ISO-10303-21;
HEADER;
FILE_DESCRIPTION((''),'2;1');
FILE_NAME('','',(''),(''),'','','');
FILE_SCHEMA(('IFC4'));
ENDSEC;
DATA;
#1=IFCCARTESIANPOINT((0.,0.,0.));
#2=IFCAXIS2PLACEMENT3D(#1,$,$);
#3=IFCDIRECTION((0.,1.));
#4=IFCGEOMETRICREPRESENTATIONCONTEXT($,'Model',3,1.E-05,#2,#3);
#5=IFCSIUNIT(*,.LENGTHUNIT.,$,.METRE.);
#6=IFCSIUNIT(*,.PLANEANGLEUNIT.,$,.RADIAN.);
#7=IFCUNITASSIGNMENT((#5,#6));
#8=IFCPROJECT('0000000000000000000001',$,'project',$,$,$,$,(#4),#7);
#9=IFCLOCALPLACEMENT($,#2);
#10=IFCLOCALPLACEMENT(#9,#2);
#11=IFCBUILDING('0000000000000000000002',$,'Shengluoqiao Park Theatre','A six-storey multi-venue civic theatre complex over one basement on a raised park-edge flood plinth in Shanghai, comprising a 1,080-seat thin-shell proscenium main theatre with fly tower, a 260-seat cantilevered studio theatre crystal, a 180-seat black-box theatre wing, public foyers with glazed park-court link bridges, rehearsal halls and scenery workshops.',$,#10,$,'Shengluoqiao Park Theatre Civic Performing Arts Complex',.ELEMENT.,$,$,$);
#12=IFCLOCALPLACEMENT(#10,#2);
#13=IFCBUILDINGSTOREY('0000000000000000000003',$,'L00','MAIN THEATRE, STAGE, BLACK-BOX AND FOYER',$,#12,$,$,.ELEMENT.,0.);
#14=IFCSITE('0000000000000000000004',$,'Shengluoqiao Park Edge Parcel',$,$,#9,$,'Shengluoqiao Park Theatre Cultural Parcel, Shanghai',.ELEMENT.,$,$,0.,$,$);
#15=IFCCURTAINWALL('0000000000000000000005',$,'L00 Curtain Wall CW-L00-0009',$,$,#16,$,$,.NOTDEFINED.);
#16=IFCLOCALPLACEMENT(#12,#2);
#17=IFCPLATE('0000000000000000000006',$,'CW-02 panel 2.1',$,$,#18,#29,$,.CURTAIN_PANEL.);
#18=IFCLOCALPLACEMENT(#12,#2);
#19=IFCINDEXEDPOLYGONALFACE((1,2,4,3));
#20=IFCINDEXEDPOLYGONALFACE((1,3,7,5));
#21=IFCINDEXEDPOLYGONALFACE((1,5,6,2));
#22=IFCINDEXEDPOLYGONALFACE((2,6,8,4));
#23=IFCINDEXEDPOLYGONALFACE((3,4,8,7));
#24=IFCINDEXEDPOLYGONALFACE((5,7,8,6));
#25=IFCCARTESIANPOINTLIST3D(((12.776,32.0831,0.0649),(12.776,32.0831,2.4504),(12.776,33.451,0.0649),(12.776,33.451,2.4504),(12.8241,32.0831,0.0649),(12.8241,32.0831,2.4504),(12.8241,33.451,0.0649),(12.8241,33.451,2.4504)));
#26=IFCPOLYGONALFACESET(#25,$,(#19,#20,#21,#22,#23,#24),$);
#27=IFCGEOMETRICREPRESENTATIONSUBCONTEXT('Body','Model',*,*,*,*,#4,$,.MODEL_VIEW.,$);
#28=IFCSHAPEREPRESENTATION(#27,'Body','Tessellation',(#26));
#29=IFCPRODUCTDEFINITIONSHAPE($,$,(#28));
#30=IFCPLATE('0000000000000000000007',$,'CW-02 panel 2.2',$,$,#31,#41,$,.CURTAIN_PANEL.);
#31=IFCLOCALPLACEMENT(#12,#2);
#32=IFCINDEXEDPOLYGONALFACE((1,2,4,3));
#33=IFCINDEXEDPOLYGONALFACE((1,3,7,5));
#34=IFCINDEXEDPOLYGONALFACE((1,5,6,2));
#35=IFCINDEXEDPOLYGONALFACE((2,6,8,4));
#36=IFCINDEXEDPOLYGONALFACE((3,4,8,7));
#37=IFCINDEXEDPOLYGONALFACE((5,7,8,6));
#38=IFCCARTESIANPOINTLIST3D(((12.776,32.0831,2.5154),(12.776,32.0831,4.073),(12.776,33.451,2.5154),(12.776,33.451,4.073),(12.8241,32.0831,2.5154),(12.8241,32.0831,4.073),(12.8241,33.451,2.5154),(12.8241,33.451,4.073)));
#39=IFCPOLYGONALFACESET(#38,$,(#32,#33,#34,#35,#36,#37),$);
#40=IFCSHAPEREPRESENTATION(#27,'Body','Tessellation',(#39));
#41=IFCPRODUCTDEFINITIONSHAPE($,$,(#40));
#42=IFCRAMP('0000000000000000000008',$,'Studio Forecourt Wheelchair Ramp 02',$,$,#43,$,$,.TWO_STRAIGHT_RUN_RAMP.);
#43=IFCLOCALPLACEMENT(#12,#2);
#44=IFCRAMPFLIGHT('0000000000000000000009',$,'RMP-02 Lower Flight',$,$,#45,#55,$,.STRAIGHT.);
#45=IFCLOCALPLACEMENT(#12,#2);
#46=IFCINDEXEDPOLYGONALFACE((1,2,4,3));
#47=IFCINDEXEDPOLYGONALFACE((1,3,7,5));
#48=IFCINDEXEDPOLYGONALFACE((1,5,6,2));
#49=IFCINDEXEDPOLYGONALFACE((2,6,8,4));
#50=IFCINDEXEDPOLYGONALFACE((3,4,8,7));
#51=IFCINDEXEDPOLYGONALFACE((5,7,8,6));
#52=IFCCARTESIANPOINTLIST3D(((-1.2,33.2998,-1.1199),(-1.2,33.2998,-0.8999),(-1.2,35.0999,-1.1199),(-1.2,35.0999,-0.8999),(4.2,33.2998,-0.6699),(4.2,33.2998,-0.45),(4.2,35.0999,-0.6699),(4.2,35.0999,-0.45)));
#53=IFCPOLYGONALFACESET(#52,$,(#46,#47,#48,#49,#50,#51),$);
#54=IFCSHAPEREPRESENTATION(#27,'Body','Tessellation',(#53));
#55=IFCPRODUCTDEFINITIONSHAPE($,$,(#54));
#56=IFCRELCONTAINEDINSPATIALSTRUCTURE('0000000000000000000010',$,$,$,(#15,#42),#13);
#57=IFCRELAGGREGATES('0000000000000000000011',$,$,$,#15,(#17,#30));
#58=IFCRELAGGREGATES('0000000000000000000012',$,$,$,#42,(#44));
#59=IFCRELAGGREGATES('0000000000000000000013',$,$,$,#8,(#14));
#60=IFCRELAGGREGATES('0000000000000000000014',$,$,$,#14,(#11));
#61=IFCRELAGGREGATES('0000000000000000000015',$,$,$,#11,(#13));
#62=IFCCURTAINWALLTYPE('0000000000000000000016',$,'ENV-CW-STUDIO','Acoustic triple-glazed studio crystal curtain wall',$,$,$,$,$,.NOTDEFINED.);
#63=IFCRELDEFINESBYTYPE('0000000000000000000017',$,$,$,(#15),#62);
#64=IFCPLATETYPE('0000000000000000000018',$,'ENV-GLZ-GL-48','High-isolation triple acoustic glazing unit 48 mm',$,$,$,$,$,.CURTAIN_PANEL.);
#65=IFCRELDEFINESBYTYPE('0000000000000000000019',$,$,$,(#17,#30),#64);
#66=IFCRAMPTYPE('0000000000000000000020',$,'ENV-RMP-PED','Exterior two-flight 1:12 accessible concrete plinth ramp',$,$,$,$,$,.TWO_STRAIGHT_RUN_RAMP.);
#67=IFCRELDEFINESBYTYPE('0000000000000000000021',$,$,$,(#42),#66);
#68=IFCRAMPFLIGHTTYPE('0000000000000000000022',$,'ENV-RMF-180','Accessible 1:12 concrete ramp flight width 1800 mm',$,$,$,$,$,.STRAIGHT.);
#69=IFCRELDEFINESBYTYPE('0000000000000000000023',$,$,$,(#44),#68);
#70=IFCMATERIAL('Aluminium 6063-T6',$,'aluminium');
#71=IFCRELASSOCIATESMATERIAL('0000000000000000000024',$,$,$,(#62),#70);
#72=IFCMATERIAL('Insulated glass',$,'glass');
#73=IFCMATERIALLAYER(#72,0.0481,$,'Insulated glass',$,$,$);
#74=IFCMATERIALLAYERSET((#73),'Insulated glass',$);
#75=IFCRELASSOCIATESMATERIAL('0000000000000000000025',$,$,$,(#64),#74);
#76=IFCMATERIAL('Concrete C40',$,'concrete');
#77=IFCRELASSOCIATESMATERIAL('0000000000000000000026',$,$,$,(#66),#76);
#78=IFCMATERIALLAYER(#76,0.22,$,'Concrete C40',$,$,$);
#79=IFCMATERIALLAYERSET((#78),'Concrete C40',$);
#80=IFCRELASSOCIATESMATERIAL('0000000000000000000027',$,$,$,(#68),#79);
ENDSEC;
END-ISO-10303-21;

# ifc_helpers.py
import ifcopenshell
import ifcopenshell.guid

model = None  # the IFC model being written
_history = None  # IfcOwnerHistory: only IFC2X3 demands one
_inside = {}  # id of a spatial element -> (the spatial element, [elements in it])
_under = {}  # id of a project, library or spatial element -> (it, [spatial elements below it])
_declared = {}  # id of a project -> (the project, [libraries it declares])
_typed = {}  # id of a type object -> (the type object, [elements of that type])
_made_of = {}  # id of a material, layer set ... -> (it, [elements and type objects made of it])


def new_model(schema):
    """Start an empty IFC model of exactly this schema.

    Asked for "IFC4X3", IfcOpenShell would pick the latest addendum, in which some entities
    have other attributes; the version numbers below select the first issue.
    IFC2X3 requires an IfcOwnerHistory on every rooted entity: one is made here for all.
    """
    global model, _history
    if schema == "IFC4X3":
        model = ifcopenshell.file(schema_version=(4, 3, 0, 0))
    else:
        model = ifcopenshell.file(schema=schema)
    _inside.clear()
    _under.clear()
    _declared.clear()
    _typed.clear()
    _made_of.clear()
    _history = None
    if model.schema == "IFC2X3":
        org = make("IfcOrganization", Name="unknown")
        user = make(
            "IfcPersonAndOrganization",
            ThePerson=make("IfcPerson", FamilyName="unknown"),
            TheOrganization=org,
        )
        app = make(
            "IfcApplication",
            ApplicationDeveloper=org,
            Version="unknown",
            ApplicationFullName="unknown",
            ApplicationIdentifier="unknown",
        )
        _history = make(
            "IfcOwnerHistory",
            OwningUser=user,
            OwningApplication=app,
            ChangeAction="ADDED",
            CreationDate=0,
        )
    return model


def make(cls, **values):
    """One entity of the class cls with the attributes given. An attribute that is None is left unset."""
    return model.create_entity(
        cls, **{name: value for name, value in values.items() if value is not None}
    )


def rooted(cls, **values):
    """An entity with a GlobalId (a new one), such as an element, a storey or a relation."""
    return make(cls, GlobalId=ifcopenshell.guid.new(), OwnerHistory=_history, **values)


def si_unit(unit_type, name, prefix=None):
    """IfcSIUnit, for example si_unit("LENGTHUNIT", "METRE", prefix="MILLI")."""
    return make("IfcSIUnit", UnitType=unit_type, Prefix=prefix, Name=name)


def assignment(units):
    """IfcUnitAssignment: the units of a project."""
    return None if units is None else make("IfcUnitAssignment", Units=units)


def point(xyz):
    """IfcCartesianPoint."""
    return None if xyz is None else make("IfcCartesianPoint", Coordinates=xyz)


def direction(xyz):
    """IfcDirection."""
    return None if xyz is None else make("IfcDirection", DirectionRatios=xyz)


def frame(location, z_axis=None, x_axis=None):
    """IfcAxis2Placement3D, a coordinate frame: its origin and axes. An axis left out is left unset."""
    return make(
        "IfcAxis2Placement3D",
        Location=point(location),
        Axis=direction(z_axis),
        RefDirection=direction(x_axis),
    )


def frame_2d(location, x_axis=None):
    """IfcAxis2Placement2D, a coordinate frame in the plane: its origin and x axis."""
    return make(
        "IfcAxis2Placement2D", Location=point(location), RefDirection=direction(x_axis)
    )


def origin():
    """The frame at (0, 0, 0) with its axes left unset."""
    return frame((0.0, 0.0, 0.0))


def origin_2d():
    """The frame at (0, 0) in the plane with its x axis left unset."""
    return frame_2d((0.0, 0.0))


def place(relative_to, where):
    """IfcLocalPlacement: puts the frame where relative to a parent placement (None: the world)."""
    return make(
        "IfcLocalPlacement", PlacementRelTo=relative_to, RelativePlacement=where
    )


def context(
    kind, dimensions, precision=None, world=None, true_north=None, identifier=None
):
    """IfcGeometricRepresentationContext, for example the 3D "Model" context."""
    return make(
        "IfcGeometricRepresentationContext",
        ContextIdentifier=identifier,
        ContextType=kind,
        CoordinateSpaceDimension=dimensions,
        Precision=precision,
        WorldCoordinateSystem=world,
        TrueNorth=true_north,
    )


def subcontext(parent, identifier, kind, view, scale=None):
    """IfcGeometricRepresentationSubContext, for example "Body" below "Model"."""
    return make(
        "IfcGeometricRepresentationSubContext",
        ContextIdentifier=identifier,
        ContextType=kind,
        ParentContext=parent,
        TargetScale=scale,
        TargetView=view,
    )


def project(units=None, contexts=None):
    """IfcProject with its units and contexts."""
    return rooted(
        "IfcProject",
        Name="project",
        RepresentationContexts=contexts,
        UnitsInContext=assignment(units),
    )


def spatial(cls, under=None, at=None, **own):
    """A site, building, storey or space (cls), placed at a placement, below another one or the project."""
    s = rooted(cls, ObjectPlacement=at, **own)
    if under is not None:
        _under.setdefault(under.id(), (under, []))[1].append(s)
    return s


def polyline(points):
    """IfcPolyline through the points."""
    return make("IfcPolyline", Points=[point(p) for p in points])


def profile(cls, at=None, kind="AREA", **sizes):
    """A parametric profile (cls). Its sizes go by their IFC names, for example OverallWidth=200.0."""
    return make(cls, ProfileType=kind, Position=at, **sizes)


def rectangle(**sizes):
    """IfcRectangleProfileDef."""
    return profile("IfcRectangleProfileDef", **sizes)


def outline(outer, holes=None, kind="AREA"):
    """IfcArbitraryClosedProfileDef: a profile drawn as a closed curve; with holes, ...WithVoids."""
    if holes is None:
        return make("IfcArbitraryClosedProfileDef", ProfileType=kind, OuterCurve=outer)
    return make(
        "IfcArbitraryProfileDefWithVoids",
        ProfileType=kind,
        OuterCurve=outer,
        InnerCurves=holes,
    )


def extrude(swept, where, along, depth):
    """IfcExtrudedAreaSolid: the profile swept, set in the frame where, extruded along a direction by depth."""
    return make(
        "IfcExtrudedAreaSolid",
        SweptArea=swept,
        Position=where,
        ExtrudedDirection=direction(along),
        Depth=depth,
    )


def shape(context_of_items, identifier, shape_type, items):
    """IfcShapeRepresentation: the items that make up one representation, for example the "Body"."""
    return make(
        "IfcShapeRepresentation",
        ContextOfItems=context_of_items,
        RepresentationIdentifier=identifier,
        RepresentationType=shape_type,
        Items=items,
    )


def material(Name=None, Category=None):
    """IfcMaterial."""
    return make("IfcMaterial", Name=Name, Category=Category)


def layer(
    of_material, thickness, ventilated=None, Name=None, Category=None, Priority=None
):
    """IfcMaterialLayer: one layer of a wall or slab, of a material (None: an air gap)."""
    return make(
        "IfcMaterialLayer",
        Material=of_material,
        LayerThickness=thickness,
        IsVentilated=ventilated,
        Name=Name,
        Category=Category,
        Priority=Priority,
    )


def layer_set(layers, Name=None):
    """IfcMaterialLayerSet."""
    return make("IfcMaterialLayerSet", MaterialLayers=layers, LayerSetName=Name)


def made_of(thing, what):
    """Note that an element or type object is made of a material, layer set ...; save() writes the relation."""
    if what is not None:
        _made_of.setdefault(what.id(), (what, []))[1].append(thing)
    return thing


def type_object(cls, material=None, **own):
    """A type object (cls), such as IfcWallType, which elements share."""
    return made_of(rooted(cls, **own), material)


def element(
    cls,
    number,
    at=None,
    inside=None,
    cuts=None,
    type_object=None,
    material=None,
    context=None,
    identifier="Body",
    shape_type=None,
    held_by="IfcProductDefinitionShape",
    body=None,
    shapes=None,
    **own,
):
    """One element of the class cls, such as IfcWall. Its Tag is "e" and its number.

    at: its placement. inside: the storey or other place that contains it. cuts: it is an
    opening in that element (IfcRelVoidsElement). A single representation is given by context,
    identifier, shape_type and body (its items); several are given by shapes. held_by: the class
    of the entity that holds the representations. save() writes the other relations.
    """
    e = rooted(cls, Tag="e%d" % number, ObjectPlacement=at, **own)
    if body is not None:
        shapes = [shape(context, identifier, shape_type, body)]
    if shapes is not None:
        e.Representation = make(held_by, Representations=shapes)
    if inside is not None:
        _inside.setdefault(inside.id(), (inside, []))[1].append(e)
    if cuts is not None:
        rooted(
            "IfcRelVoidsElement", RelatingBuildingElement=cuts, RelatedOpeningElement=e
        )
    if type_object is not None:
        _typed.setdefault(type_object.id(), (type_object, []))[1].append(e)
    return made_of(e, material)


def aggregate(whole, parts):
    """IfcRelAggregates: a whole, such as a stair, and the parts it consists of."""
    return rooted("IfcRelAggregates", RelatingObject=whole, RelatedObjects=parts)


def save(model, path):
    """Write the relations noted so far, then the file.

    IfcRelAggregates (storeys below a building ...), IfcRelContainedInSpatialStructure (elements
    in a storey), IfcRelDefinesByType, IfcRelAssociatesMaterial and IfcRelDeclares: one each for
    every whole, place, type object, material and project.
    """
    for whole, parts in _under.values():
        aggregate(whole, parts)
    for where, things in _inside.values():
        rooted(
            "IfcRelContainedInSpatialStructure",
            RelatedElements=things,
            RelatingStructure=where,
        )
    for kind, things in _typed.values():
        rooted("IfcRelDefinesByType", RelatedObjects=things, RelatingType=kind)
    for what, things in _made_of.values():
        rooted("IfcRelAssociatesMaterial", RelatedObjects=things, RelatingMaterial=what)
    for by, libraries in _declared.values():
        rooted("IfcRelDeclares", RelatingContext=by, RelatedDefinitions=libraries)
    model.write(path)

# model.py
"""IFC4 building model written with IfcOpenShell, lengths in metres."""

from ifc_helpers import new_model, si_unit, direction, frame, origin, origin_2d, place, context, subcontext, project, spatial, polyline, rectangle, outline, extrude, material, layer, layer_set, type_object, element, aggregate, save


model = new_model("IFC4")

# Units and contexts
model_context = context("Model", 3, precision=1e-05, world=origin(), true_north=direction((0.0, 1.0)))
body_context = subcontext(model_context, "Body", "Model", "MODEL_VIEW")
ifc_project = project(units=[si_unit("LENGTHUNIT", "METRE"), si_unit("PLANEANGLEUNIT", "RADIAN")], contexts=[model_context])

# Site, building, storey
site_placement = place(None, origin())
site = spatial("IfcSite", under=ifc_project, at=site_placement, Name="Shengluoqiao Park Edge Parcel", LongName="Shengluoqiao Park Theatre Cultural Parcel, Shanghai", CompositionType="ELEMENT", RefElevation=0.0)
building_placement = place(site_placement, origin())
building = spatial("IfcBuilding", under=site, at=building_placement, Name="Shengluoqiao Park Theatre", Description="A six-storey multi-venue civic theatre complex over one basement on a raised park-edge flood plinth in Shanghai, comprising a 1,080-seat thin-shell proscenium main theatre with fly tower, a 260-seat cantilevered studio theatre crystal, a 180-seat black-box theatre wing, public foyers with glazed park-court link bridges, rehearsal halls and scenery workshops.", LongName="Shengluoqiao Park Theatre Civic Performing Arts Complex", CompositionType="ELEMENT")
storey_placement = place(building_placement, origin())
storey = spatial("IfcBuildingStorey", under=building, at=storey_placement, Name="L00", Description="MAIN THEATRE, STAGE, BLACK-BOX AND FOYER", CompositionType="ELEMENT", Elevation=0.0)

# Shared definitions
ifc_material_1 = material(Name="Concrete C40", Category="concrete")

# Shared definitions
ifc_material_2 = material(Name="Aluminium 6063-T6", Category="aluminium")
curtain_wall_type = type_object("IfcCurtainWallType", Name="ENV-CW-STUDIO", Description="Acoustic triple-glazed studio crystal curtain wall", PredefinedType="NOTDEFINED", material=ifc_material_2)

# Curtain wall
curtain_wall_1_placement = place(storey_placement, origin())
curtain_wall_1 = element("IfcCurtainWall", 1, at=curtain_wall_1_placement, inside=storey, type_object=curtain_wall_type, Name="L00 Curtain Wall CW-L00-0009", PredefinedType="NOTDEFINED")

# Plates
ifc_material_3 = material(Name="Insulated glass", Category="glass")
ifc_layer_1 = layer(ifc_material_3, 0.0481, Name="Insulated glass")
ifc_layer_set_1 = layer_set([ifc_layer_1], Name="Insulated glass")
plate_type_1 = type_object("IfcPlateType", Name="ENV-GLZ-GL-48", Description="High-isolation triple acoustic glazing unit 48 mm", PredefinedType="CURTAIN_PANEL", material=ifc_layer_set_1)
plate_1_placement = place(storey_placement, frame((12.8, 32.7671, 0.0649), z_axis=(0.0, 0.0, 1.0), x_axis=(0.0, 1.0, 0.0)))
plate_1 = element("IfcPlate", 2, at=plate_1_placement, type_object=plate_type_1, Name="CW-02 panel 2.1", PredefinedType="CURTAIN_PANEL", context=body_context, shape_type="SweptSolid", body=[
    extrude(rectangle(XDim=1.3679, YDim=0.0481, at=origin_2d()), origin(), (0.0, 0.0, 1.0), 2.3855),
])
plate_2_placement = place(storey_placement, frame((12.8, 32.7671, 2.5154), z_axis=(0.0, 0.0, 1.0), x_axis=(0.0, 1.0, 0.0)))
plate_2 = element("IfcPlate", 3, at=plate_2_placement, type_object=plate_type_1, Name="CW-02 panel 2.2", PredefinedType="CURTAIN_PANEL", context=body_context, shape_type="SweptSolid", body=[
    extrude(rectangle(XDim=1.3679, YDim=0.0481, at=origin_2d()), origin(), (0.0, 0.0, 1.0), 1.5576),
])
aggregate(curtain_wall_1, [plate_1, plate_2])

# Ramp, ramp flight
ramp_type = type_object("IfcRampType", Name="ENV-RMP-PED", Description="Exterior two-flight 1:12 accessible concrete plinth ramp", PredefinedType="TWO_STRAIGHT_RUN_RAMP", material=ifc_material_1)
ramp_placement = place(storey_placement, origin())
ramp = element("IfcRamp", 4, at=ramp_placement, inside=storey, type_object=ramp_type, Name="Studio Forecourt Wheelchair Ramp 02", PredefinedType="TWO_STRAIGHT_RUN_RAMP")
ifc_layer_2 = layer(ifc_material_1, 0.22, Name="Concrete C40")
ifc_layer_set_2 = layer_set([ifc_layer_2], Name="Concrete C40")
ramp_flight_type = type_object("IfcRampFlightType", Name="ENV-RMF-180", Description="Accessible 1:12 concrete ramp flight width 1800 mm", PredefinedType="STRAIGHT", material=ifc_layer_set_2)
ramp_flight_placement = place(storey_placement, frame((-1.2, 34.2, -0.8999), z_axis=(0.0, 0.0, 1.0), x_axis=(1.0, 0.0, 0.0)))
ramp_flight = element("IfcRampFlight", 5, at=ramp_flight_placement, type_object=ramp_flight_type, Name="RMP-02 Lower Flight", PredefinedType="STRAIGHT", context=body_context, shape_type="SweptSolid", body=[
    extrude(outline(polyline([(0.0, 0.0), (5.3999, 0.45), (5.3999, 0.23), (0.0, -0.22), (0.0, 0.0)])), frame((0.0, 0.8999, 0.0), z_axis=(0.0, -1.0, 0.0), x_axis=(1.0, 0.0, 0.0)), (0.0, 0.0, 1.0), 1.8),
])
aggregate(ramp, [ramp_flight])

save(model, "model.ifc")
